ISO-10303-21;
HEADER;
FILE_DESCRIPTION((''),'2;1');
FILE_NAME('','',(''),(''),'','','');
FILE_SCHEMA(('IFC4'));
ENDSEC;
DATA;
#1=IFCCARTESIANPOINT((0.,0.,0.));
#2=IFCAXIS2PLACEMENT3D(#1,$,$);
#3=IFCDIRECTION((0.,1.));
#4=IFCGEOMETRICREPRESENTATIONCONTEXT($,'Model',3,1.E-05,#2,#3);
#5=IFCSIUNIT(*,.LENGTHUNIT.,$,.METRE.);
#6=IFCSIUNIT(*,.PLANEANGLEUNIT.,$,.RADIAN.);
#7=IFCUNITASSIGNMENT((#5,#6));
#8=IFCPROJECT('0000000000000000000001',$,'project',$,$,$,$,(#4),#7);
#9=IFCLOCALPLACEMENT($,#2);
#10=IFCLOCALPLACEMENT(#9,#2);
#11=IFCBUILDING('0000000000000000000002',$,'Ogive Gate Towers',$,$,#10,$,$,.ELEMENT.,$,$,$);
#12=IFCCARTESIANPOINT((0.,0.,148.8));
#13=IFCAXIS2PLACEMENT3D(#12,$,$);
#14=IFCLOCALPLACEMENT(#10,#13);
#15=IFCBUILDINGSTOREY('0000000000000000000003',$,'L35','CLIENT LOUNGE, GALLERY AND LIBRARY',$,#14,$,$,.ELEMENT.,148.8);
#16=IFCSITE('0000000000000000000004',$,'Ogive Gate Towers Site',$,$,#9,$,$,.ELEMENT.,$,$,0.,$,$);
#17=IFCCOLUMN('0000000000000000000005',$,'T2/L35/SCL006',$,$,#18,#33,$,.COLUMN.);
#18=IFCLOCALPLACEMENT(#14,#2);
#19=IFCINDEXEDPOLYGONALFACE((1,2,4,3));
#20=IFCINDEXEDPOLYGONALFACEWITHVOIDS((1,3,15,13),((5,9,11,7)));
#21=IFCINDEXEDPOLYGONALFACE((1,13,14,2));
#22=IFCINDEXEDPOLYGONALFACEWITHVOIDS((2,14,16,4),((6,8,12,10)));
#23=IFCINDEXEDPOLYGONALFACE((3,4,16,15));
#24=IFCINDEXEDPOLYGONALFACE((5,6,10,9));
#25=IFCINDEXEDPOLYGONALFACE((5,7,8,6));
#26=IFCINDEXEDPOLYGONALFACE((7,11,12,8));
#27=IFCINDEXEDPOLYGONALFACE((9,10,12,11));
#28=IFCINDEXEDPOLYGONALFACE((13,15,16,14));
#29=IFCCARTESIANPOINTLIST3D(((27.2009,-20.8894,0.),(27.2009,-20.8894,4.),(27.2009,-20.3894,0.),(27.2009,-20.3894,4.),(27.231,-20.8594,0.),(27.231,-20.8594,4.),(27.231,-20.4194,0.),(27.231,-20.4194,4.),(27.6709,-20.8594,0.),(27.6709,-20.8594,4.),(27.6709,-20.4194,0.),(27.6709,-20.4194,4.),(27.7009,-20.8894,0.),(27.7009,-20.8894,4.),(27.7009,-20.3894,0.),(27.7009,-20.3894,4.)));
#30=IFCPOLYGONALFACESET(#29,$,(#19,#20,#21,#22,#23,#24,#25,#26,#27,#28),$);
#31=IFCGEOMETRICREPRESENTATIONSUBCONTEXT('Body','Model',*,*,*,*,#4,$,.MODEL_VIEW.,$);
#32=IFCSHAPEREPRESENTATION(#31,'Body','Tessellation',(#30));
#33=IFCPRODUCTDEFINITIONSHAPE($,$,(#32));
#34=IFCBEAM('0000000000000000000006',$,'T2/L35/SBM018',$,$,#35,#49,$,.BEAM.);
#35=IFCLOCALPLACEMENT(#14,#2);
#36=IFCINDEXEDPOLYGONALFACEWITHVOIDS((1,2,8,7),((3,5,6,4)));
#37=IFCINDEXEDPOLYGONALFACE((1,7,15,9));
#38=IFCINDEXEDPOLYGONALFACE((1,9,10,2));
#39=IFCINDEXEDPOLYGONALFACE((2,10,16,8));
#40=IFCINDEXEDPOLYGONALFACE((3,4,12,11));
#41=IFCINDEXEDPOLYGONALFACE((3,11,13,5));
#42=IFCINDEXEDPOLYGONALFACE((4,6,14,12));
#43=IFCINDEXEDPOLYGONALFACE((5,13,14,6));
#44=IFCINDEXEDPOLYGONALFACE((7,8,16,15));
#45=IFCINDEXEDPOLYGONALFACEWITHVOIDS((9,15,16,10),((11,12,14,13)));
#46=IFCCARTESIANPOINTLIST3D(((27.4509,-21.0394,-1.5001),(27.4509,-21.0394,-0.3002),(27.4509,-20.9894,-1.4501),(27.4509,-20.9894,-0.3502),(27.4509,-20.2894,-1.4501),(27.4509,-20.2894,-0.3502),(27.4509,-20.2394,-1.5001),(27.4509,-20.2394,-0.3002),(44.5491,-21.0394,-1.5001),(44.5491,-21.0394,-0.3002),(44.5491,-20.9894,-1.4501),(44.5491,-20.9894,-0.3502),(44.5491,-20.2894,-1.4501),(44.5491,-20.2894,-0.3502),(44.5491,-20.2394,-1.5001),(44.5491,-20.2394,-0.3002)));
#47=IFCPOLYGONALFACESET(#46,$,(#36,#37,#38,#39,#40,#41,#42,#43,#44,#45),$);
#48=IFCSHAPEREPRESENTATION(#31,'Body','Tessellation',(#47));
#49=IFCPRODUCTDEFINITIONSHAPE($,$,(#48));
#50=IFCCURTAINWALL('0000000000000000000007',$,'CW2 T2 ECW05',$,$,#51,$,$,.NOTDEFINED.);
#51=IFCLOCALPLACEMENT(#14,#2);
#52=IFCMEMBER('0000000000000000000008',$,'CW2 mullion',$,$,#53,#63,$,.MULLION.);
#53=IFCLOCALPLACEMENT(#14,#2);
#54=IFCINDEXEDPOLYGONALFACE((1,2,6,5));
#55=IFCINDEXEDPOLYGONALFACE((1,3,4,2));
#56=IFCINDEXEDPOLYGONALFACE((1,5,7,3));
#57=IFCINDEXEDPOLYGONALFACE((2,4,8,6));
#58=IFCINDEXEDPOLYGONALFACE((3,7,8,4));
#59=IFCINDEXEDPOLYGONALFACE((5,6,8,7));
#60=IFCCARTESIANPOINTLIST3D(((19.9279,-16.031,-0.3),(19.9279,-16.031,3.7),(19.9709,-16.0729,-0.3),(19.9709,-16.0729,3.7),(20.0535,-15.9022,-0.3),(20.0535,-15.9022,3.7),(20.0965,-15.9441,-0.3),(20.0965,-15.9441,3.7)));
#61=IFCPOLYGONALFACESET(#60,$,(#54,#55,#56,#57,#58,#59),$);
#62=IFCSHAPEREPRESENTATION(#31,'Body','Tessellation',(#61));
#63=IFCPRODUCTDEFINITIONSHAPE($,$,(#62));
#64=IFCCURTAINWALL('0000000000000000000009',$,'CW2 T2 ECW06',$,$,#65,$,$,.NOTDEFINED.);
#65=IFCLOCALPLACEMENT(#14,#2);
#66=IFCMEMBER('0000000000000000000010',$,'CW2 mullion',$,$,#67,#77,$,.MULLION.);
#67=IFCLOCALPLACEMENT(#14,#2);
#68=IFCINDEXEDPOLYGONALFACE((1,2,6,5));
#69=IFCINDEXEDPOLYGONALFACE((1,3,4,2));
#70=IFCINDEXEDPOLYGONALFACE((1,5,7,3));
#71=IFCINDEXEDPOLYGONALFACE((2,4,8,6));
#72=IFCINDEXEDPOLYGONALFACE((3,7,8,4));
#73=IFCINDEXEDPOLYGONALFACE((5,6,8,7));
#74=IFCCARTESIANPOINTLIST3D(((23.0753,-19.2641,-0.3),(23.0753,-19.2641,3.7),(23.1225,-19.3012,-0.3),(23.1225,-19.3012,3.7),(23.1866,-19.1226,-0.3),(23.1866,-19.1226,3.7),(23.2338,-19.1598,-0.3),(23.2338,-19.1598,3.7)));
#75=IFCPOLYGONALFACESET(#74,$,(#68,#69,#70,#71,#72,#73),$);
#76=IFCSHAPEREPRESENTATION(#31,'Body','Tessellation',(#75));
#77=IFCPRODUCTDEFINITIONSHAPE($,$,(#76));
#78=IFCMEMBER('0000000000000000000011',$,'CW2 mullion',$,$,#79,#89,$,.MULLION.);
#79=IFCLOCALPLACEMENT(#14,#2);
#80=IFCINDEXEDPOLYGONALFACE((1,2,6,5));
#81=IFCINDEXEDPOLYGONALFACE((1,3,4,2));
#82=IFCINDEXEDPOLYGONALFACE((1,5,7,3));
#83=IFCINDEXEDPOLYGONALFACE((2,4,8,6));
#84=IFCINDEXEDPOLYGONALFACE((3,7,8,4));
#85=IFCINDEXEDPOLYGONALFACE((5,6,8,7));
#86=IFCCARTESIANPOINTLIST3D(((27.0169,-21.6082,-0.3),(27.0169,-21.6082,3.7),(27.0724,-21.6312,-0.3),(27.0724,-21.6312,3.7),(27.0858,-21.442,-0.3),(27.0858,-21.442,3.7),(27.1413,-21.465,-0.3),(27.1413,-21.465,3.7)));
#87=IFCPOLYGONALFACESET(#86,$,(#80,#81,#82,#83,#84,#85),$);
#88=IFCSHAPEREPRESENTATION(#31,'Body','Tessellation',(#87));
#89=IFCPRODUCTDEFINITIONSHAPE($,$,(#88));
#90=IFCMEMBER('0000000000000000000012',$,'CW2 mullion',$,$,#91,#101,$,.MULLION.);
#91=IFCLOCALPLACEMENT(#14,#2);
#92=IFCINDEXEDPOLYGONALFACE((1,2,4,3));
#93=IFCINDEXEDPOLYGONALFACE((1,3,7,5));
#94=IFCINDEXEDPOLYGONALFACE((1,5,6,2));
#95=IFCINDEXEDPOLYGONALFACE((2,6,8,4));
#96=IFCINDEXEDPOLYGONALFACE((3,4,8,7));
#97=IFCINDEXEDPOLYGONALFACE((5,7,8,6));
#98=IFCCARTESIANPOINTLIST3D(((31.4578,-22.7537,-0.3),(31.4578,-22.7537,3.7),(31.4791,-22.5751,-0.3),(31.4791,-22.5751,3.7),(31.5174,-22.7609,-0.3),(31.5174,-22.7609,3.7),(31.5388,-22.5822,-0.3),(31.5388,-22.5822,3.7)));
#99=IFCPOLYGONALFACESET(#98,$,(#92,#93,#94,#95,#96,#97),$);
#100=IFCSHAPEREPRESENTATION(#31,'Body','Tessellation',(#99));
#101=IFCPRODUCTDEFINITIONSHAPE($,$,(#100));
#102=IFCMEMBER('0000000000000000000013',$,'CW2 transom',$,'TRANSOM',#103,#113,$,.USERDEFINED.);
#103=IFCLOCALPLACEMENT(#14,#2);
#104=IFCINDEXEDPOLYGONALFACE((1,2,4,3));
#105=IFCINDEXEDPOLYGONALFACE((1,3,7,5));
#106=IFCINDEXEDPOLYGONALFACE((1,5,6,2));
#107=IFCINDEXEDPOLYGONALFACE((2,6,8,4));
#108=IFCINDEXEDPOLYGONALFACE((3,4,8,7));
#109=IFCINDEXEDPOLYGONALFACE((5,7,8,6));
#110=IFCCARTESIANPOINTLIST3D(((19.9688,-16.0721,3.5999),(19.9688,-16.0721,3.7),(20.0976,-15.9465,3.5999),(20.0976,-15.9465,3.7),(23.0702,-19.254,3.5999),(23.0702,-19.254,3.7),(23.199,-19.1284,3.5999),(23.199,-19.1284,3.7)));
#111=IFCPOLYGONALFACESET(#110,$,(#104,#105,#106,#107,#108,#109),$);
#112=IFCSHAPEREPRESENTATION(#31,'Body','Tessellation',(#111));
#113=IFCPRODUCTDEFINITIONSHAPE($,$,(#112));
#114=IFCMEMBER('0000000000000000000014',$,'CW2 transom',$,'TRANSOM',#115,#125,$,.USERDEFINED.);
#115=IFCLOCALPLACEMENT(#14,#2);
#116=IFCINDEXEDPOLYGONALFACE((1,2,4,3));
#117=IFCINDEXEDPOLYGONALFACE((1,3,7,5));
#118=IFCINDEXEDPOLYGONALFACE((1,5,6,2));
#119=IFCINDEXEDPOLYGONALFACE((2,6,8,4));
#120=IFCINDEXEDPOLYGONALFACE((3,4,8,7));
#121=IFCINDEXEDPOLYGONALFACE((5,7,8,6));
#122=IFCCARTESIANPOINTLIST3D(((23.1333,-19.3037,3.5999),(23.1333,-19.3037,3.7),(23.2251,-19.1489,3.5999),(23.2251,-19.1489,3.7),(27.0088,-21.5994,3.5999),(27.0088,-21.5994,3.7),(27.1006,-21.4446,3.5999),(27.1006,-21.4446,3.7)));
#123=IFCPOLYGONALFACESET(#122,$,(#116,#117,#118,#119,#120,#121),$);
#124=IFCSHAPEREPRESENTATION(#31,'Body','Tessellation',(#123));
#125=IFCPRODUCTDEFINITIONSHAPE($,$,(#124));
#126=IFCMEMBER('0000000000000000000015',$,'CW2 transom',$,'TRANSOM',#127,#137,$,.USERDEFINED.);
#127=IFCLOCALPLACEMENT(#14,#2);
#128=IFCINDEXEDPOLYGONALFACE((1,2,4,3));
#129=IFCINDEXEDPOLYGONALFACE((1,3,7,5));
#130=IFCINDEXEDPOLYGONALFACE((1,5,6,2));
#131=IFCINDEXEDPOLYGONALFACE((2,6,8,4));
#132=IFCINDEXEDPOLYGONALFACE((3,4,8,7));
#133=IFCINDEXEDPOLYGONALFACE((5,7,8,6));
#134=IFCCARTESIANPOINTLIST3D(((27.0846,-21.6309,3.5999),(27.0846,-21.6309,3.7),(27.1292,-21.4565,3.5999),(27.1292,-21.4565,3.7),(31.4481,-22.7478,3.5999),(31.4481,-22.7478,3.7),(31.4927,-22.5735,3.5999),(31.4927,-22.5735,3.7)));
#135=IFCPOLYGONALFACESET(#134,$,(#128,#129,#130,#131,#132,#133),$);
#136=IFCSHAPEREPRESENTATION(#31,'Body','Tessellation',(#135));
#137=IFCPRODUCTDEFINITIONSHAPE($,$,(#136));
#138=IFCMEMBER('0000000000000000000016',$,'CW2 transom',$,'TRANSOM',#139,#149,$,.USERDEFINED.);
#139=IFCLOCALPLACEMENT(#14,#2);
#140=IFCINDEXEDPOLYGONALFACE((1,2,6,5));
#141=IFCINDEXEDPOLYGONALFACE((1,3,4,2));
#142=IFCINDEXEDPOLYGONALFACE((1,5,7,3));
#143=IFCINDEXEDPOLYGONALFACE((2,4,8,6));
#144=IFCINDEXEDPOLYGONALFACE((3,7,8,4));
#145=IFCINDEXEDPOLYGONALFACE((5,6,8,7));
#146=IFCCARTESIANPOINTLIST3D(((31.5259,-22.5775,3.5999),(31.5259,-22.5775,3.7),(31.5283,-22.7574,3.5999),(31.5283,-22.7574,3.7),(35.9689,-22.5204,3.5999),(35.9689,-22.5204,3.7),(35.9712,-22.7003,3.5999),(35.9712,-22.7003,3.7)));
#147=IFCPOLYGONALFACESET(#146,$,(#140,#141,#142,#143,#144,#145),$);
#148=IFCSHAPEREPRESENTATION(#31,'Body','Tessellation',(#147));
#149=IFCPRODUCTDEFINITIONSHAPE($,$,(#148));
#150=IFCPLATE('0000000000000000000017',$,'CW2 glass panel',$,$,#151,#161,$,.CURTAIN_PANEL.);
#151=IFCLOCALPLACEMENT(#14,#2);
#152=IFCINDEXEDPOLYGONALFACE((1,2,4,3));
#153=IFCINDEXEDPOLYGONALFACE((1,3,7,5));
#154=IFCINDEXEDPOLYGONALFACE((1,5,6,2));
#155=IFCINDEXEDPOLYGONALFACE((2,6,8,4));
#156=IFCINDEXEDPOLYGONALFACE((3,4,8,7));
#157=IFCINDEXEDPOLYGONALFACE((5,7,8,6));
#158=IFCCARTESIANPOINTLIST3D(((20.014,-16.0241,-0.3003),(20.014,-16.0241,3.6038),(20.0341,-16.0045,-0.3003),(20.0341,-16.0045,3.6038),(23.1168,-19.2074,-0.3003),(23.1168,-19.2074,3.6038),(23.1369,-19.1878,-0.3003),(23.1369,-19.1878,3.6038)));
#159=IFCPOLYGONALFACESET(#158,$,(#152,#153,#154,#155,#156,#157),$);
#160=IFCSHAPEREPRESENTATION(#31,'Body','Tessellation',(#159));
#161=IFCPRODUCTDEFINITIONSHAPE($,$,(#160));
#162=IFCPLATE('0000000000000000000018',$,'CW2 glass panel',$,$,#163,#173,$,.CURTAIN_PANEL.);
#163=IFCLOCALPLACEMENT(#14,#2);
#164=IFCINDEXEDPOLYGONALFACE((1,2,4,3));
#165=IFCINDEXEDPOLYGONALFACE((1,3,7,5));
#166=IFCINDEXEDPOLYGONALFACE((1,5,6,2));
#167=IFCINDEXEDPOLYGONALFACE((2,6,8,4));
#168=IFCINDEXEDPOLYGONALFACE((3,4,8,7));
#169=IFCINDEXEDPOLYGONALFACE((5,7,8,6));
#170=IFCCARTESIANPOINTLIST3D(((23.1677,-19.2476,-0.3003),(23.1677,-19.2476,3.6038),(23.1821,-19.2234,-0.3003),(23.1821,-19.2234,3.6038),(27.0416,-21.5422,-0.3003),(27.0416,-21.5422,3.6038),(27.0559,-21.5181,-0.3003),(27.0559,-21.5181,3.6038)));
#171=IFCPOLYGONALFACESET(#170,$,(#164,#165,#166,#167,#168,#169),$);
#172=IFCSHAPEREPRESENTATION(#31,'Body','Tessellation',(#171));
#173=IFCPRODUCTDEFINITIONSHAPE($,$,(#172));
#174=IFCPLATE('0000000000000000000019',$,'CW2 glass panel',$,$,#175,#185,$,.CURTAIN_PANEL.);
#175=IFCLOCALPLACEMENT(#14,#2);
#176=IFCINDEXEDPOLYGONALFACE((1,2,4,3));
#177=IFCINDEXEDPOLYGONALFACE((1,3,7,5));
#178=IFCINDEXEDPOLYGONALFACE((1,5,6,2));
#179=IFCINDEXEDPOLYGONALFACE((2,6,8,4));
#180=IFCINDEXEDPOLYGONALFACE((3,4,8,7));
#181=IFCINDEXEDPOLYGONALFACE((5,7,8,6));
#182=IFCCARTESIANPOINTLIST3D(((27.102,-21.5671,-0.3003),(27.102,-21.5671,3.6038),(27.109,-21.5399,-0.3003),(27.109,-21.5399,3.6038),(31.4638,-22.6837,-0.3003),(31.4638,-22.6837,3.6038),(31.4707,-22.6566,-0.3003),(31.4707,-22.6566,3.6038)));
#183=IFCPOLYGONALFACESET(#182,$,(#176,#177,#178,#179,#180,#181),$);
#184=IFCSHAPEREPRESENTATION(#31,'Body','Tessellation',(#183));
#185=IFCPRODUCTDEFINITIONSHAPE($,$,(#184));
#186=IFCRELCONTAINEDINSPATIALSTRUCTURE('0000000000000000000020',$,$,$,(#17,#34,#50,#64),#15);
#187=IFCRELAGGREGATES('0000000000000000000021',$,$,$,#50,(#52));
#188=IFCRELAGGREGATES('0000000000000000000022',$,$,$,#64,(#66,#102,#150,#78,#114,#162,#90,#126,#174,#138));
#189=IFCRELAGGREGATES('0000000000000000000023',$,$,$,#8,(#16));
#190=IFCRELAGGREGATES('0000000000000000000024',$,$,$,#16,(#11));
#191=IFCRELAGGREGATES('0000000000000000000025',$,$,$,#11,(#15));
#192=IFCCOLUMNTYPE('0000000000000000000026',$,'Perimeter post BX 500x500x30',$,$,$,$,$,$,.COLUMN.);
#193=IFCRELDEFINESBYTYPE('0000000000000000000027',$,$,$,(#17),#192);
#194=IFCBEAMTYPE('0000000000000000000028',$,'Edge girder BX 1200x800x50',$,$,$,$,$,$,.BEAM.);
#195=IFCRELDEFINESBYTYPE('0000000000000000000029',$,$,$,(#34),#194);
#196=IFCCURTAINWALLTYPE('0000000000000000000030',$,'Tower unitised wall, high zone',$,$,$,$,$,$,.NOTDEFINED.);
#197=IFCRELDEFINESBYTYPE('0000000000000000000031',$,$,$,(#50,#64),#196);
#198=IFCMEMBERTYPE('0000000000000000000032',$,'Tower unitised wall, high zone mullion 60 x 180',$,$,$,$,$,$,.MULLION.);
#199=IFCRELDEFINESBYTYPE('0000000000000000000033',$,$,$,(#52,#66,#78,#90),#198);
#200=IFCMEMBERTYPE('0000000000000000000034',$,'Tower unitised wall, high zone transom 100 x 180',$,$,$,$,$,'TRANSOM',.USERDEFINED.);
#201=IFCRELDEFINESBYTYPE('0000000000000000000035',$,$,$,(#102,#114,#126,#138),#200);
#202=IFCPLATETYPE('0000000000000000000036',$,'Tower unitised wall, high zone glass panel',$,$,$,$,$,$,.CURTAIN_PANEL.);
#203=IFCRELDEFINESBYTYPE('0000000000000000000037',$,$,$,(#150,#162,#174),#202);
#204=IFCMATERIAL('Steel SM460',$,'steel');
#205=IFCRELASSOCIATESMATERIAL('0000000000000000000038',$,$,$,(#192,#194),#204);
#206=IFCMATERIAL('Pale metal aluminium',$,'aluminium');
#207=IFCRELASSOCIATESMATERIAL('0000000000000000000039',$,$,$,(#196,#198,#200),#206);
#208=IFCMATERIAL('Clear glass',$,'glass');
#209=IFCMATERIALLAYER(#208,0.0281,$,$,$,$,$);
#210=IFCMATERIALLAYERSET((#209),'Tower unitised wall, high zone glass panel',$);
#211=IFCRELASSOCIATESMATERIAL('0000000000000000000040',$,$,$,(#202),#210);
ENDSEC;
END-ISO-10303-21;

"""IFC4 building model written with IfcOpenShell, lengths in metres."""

from ifc_helpers import new_model, si_unit, direction, frame, origin, origin_2d, place, context, subcontext, project, spatial, rectangle, hollow_rectangle, extrude, material, layer, layer_set, material_profile, profile_set, type_object, element, aggregate, save


model = new_model("IFC4")

# Units and contexts
model_context = context("Model", 3, precision=1e-05, world=origin(), true_north=direction((0.0, 1.0)))
body_context = subcontext(model_context, "Body", "Model", "MODEL_VIEW")
ifc_project = project(units=[si_unit("LENGTHUNIT", "METRE"), si_unit("PLANEANGLEUNIT", "RADIAN")], contexts=[model_context])

# Site, building, storey
site_placement = place(None, origin())
site = spatial("IfcSite", under=ifc_project, at=site_placement, Name="Ogive Gate Towers Site", CompositionType="ELEMENT", RefElevation=0.0)
building_placement = place(site_placement, origin())
building = spatial("IfcBuilding", under=site, at=building_placement, Name="Ogive Gate Towers", CompositionType="ELEMENT")
storey_placement = place(building_placement, frame((0.0, 0.0, 148.8)))
storey = spatial("IfcBuildingStorey", under=building, at=storey_placement, Name="L35", Description="CLIENT LOUNGE, GALLERY AND LIBRARY", CompositionType="ELEMENT", Elevation=148.8)

# Column
ifc_material_1 = material(Name="Steel SM460", Category="steel")
ifc_material_profile_1 = material_profile(ifc_material_1, hollow_rectangle(XDim=0.5, YDim=0.5, WallThickness=0.03, at=origin_2d()), Name="BX 500x500x30")
ifc_profile_set_1 = profile_set([ifc_material_profile_1], Name="Steel SM460")
column_type = type_object("IfcColumnType", Name="Perimeter post BX 500x500x30", PredefinedType="COLUMN", material=ifc_profile_set_1)
column_placement = place(storey_placement, frame((27.4509, -20.6394, 0.0), z_axis=(0.0, 0.0, 1.0), x_axis=(1.0, 0.0, 0.0)))
element("IfcColumn", 1, at=column_placement, inside=storey, type_object=column_type, Name="T2/L35/SCL006", PredefinedType="COLUMN", context=body_context, shape_type="SweptSolid", body=[
    extrude(hollow_rectangle(XDim=0.5, YDim=0.5, WallThickness=0.03, at=origin_2d()), origin(), (0.0, 0.0, 1.0), 4.0),
])

# Beam
ifc_material_profile_2 = material_profile(ifc_material_1, hollow_rectangle(XDim=0.8, YDim=1.2, WallThickness=0.05, at=origin_2d()), Name="BX 1200x800x50")
ifc_profile_set_2 = profile_set([ifc_material_profile_2], Name="Steel SM460")
beam_type = type_object("IfcBeamType", Name="Edge girder BX 1200x800x50", PredefinedType="BEAM", material=ifc_profile_set_2)
beam_placement = place(storey_placement, frame((27.4509, -20.6394, -0.9001), z_axis=(1.0, 0.0, 0.0), x_axis=(0.0, 1.0, 0.0)))
element("IfcBeam", 2, at=beam_placement, inside=storey, type_object=beam_type, Name="T2/L35/SBM018", PredefinedType="BEAM", context=body_context, shape_type="SweptSolid", body=[
    extrude(hollow_rectangle(XDim=0.8, YDim=1.2, WallThickness=0.05, at=origin_2d()), origin(), (0.0, 0.0, 1.0), 17.0981),
])

# Curtain wall, member
ifc_material_2 = material(Name="Pale metal aluminium", Category="aluminium")
curtain_wall_type = type_object("IfcCurtainWallType", Name="Tower unitised wall, high zone", PredefinedType="NOTDEFINED", material=ifc_material_2)
curtain_wall_1_placement = place(storey_placement, origin())
curtain_wall_1 = element("IfcCurtainWall", 3, at=curtain_wall_1_placement, inside=storey, type_object=curtain_wall_type, Name="CW2 T2 ECW05", PredefinedType="NOTDEFINED")
ifc_material_profile_3 = material_profile(ifc_material_2, rectangle(XDim=0.1799, YDim=0.0601, at=origin_2d()), Name="60 x 180 aluminium box")
ifc_profile_set_3 = profile_set([ifc_material_profile_3], Name="Pale metal aluminium")
member_type_1 = type_object("IfcMemberType", Name="Tower unitised wall, high zone mullion 60 x 180", PredefinedType="MULLION", material=ifc_profile_set_3)
member_1_placement = place(storey_placement, frame((20.0122, -15.9875, -0.3), z_axis=(0.0, 0.0, 1.0), x_axis=(-0.697978, -0.716119, 0.0)))
member_1 = element("IfcMember", 4, at=member_1_placement, type_object=member_type_1, Name="CW2 mullion", PredefinedType="MULLION", context=body_context, shape_type="SweptSolid", body=[
    extrude(rectangle(XDim=0.1799, YDim=0.0601, at=origin_2d()), origin(), (0.0, 0.0, 1.0), 4.0),
])
aggregate(curtain_wall_1, [member_1])

# Curtain wall, members, plates
curtain_wall_2_placement = place(storey_placement, origin())
curtain_wall_2 = element("IfcCurtainWall", 5, at=curtain_wall_2_placement, inside=storey, type_object=curtain_wall_type, Name="CW2 T2 ECW06", PredefinedType="NOTDEFINED")
member_2_placement = place(storey_placement, frame((23.1545, -19.2119, -0.3), z_axis=(0.0, 0.0, 1.0), x_axis=(-0.61823, -0.785997, 0.0)))
member_2 = element("IfcMember", 6, at=member_2_placement, type_object=member_type_1, Name="CW2 mullion", PredefinedType="MULLION", context=body_context, shape_type="SweptSolid", body=[
    extrude(rectangle(XDim=0.1799, YDim=0.0601, at=origin_2d()), origin(), (0.0, 0.0, 1.0), 4.0),
])
member_3_placement = place(storey_placement, frame((27.0791, -21.5366, -0.3), z_axis=(0.0, 0.0, 1.0), x_axis=(-0.382683, -0.92388, 0.0)))
member_3 = element("IfcMember", 7, at=member_3_placement, type_object=member_type_1, Name="CW2 mullion", PredefinedType="MULLION", context=body_context, shape_type="SweptSolid", body=[
    extrude(rectangle(XDim=0.1799, YDim=0.0601, at=origin_2d()), origin(), (0.0, 0.0, 1.0), 4.0),
])
member_4_placement = place(storey_placement, frame((31.4983, -22.668, -0.3), z_axis=(0.0, 0.0, 1.0), x_axis=(-0.118612, -0.992941, 0.0)))
member_4 = element("IfcMember", 8, at=member_4_placement, type_object=member_type_1, Name="CW2 mullion", PredefinedType="MULLION", context=body_context, shape_type="SweptSolid", body=[
    extrude(rectangle(XDim=0.1799, YDim=0.0601, at=origin_2d()), origin(), (0.0, 0.0, 1.0), 4.0),
])
ifc_material_profile_4 = material_profile(ifc_material_2, rectangle(XDim=0.1799, YDim=0.1001, at=origin_2d()), Name="100 x 180 aluminium box")
ifc_profile_set_4 = profile_set([ifc_material_profile_4], Name="Pale metal aluminium")
member_type_2 = type_object("IfcMemberType", Name="Tower unitised wall, high zone transom 100 x 180", ElementType="TRANSOM", PredefinedType="USERDEFINED", material=ifc_profile_set_4)
member_5_placement = place(storey_placement, frame((20.0332, -16.0093, 3.6499), z_axis=(0.697983, -0.716115, 0.0), x_axis=(0.716115, 0.697983, 0.0)))
member_5 = element("IfcMember", 9, at=member_5_placement, type_object=member_type_2, Name="CW2 transom", ObjectType="TRANSOM", PredefinedType="USERDEFINED", context=body_context, shape_type="SweptSolid", body=[
    extrude(rectangle(XDim=0.1799, YDim=0.1001, at=origin_2d()), origin(), (0.0, 0.0, 1.0), 4.4434),
])
member_6_placement = place(storey_placement, frame((23.1792, -19.2263, 3.6499), z_axis=(0.860382, -0.509649, 0.0), x_axis=(0.509649, 0.860382, 0.0)))
member_6 = element("IfcMember", 10, at=member_6_placement, type_object=member_type_2, Name="CW2 transom", ObjectType="TRANSOM", PredefinedType="USERDEFINED", context=body_context, shape_type="SweptSolid", body=[
    extrude(rectangle(XDim=0.1799, YDim=0.1001, at=origin_2d()), origin(), (0.0, 0.0, 1.0), 4.5044),
])
member_7_placement = place(storey_placement, frame((27.1069, -21.5437, 3.6499), z_axis=(0.968766, -0.247978, 0.0), x_axis=(0.247978, 0.968766, 0.0)))
member_7 = element("IfcMember", 11, at=member_7_placement, type_object=member_type_2, Name="CW2 transom", ObjectType="TRANSOM", PredefinedType="USERDEFINED", context=body_context, shape_type="SweptSolid", body=[
    extrude(rectangle(XDim=0.1799, YDim=0.1001, at=origin_2d()), origin(), (0.0, 0.0, 1.0), 4.5042),
])
member_8_placement = place(storey_placement, frame((31.5271, -22.6675, 3.6499), z_axis=(0.999917, 0.012857, 0.0), x_axis=(-0.012857, 0.999917, 0.0)))
member_8 = element("IfcMember", 12, at=member_8_placement, type_object=member_type_2, Name="CW2 transom", ObjectType="TRANSOM", PredefinedType="USERDEFINED", context=body_context, shape_type="SweptSolid", body=[
    extrude(rectangle(XDim=0.1799, YDim=0.1001, at=origin_2d()), origin(), (0.0, 0.0, 1.0), 4.4434),
])
ifc_material_3 = material(Name="Clear glass", Category="glass")
ifc_layer_1 = layer(ifc_material_3, 0.0281)
ifc_layer_set_1 = layer_set([ifc_layer_1], Name="Tower unitised wall, high zone glass panel")
plate_type = type_object("IfcPlateType", Name="Tower unitised wall, high zone glass panel", PredefinedType="CURTAIN_PANEL", material=ifc_layer_set_1)
plate_1_placement = place(storey_placement, frame((21.5754, -17.606, -0.3003), z_axis=(0.0, 0.0, 1.0), x_axis=(0.697978, -0.716119, 0.0)))
plate_1 = element("IfcPlate", 13, at=plate_1_placement, type_object=plate_type, Name="CW2 glass panel", PredefinedType="CURTAIN_PANEL", context=body_context, shape_type="SweptSolid", body=[
    extrude(rectangle(XDim=4.4453, YDim=0.0281, at=origin_2d()), origin(), (0.0, 0.0, 1.0), 3.9041),
])
plate_2_placement = place(storey_placement, frame((25.1118, -20.3828, -0.3003), z_axis=(0.0, 0.0, 1.0), x_axis=(0.860386, -0.509642, 0.0)))
plate_2 = element("IfcPlate", 14, at=plate_2_placement, type_object=plate_type, Name="CW2 glass panel", PredefinedType="CURTAIN_PANEL", context=body_context, shape_type="SweptSolid", body=[
    extrude(rectangle(XDim=4.5024, YDim=0.0281, at=origin_2d()), origin(), (0.0, 0.0, 1.0), 3.9041),
])
plate_3_placement = place(storey_placement, frame((29.2864, -22.1118, -0.3003), z_axis=(0.0, 0.0, 1.0), x_axis=(0.968757, -0.248014, 0.0)))
plate_3 = element("IfcPlate", 15, at=plate_3_placement, type_object=plate_type, Name="CW2 glass panel", PredefinedType="CURTAIN_PANEL", context=body_context, shape_type="SweptSolid", body=[
    extrude(rectangle(XDim=4.5024, YDim=0.0281, at=origin_2d()), origin(), (0.0, 0.0, 1.0), 3.9041),
])
aggregate(curtain_wall_2, [member_2, member_5, plate_1, member_3, member_6, plate_2, member_4, member_7, plate_3, member_8])

save(model, "model.ifc")
